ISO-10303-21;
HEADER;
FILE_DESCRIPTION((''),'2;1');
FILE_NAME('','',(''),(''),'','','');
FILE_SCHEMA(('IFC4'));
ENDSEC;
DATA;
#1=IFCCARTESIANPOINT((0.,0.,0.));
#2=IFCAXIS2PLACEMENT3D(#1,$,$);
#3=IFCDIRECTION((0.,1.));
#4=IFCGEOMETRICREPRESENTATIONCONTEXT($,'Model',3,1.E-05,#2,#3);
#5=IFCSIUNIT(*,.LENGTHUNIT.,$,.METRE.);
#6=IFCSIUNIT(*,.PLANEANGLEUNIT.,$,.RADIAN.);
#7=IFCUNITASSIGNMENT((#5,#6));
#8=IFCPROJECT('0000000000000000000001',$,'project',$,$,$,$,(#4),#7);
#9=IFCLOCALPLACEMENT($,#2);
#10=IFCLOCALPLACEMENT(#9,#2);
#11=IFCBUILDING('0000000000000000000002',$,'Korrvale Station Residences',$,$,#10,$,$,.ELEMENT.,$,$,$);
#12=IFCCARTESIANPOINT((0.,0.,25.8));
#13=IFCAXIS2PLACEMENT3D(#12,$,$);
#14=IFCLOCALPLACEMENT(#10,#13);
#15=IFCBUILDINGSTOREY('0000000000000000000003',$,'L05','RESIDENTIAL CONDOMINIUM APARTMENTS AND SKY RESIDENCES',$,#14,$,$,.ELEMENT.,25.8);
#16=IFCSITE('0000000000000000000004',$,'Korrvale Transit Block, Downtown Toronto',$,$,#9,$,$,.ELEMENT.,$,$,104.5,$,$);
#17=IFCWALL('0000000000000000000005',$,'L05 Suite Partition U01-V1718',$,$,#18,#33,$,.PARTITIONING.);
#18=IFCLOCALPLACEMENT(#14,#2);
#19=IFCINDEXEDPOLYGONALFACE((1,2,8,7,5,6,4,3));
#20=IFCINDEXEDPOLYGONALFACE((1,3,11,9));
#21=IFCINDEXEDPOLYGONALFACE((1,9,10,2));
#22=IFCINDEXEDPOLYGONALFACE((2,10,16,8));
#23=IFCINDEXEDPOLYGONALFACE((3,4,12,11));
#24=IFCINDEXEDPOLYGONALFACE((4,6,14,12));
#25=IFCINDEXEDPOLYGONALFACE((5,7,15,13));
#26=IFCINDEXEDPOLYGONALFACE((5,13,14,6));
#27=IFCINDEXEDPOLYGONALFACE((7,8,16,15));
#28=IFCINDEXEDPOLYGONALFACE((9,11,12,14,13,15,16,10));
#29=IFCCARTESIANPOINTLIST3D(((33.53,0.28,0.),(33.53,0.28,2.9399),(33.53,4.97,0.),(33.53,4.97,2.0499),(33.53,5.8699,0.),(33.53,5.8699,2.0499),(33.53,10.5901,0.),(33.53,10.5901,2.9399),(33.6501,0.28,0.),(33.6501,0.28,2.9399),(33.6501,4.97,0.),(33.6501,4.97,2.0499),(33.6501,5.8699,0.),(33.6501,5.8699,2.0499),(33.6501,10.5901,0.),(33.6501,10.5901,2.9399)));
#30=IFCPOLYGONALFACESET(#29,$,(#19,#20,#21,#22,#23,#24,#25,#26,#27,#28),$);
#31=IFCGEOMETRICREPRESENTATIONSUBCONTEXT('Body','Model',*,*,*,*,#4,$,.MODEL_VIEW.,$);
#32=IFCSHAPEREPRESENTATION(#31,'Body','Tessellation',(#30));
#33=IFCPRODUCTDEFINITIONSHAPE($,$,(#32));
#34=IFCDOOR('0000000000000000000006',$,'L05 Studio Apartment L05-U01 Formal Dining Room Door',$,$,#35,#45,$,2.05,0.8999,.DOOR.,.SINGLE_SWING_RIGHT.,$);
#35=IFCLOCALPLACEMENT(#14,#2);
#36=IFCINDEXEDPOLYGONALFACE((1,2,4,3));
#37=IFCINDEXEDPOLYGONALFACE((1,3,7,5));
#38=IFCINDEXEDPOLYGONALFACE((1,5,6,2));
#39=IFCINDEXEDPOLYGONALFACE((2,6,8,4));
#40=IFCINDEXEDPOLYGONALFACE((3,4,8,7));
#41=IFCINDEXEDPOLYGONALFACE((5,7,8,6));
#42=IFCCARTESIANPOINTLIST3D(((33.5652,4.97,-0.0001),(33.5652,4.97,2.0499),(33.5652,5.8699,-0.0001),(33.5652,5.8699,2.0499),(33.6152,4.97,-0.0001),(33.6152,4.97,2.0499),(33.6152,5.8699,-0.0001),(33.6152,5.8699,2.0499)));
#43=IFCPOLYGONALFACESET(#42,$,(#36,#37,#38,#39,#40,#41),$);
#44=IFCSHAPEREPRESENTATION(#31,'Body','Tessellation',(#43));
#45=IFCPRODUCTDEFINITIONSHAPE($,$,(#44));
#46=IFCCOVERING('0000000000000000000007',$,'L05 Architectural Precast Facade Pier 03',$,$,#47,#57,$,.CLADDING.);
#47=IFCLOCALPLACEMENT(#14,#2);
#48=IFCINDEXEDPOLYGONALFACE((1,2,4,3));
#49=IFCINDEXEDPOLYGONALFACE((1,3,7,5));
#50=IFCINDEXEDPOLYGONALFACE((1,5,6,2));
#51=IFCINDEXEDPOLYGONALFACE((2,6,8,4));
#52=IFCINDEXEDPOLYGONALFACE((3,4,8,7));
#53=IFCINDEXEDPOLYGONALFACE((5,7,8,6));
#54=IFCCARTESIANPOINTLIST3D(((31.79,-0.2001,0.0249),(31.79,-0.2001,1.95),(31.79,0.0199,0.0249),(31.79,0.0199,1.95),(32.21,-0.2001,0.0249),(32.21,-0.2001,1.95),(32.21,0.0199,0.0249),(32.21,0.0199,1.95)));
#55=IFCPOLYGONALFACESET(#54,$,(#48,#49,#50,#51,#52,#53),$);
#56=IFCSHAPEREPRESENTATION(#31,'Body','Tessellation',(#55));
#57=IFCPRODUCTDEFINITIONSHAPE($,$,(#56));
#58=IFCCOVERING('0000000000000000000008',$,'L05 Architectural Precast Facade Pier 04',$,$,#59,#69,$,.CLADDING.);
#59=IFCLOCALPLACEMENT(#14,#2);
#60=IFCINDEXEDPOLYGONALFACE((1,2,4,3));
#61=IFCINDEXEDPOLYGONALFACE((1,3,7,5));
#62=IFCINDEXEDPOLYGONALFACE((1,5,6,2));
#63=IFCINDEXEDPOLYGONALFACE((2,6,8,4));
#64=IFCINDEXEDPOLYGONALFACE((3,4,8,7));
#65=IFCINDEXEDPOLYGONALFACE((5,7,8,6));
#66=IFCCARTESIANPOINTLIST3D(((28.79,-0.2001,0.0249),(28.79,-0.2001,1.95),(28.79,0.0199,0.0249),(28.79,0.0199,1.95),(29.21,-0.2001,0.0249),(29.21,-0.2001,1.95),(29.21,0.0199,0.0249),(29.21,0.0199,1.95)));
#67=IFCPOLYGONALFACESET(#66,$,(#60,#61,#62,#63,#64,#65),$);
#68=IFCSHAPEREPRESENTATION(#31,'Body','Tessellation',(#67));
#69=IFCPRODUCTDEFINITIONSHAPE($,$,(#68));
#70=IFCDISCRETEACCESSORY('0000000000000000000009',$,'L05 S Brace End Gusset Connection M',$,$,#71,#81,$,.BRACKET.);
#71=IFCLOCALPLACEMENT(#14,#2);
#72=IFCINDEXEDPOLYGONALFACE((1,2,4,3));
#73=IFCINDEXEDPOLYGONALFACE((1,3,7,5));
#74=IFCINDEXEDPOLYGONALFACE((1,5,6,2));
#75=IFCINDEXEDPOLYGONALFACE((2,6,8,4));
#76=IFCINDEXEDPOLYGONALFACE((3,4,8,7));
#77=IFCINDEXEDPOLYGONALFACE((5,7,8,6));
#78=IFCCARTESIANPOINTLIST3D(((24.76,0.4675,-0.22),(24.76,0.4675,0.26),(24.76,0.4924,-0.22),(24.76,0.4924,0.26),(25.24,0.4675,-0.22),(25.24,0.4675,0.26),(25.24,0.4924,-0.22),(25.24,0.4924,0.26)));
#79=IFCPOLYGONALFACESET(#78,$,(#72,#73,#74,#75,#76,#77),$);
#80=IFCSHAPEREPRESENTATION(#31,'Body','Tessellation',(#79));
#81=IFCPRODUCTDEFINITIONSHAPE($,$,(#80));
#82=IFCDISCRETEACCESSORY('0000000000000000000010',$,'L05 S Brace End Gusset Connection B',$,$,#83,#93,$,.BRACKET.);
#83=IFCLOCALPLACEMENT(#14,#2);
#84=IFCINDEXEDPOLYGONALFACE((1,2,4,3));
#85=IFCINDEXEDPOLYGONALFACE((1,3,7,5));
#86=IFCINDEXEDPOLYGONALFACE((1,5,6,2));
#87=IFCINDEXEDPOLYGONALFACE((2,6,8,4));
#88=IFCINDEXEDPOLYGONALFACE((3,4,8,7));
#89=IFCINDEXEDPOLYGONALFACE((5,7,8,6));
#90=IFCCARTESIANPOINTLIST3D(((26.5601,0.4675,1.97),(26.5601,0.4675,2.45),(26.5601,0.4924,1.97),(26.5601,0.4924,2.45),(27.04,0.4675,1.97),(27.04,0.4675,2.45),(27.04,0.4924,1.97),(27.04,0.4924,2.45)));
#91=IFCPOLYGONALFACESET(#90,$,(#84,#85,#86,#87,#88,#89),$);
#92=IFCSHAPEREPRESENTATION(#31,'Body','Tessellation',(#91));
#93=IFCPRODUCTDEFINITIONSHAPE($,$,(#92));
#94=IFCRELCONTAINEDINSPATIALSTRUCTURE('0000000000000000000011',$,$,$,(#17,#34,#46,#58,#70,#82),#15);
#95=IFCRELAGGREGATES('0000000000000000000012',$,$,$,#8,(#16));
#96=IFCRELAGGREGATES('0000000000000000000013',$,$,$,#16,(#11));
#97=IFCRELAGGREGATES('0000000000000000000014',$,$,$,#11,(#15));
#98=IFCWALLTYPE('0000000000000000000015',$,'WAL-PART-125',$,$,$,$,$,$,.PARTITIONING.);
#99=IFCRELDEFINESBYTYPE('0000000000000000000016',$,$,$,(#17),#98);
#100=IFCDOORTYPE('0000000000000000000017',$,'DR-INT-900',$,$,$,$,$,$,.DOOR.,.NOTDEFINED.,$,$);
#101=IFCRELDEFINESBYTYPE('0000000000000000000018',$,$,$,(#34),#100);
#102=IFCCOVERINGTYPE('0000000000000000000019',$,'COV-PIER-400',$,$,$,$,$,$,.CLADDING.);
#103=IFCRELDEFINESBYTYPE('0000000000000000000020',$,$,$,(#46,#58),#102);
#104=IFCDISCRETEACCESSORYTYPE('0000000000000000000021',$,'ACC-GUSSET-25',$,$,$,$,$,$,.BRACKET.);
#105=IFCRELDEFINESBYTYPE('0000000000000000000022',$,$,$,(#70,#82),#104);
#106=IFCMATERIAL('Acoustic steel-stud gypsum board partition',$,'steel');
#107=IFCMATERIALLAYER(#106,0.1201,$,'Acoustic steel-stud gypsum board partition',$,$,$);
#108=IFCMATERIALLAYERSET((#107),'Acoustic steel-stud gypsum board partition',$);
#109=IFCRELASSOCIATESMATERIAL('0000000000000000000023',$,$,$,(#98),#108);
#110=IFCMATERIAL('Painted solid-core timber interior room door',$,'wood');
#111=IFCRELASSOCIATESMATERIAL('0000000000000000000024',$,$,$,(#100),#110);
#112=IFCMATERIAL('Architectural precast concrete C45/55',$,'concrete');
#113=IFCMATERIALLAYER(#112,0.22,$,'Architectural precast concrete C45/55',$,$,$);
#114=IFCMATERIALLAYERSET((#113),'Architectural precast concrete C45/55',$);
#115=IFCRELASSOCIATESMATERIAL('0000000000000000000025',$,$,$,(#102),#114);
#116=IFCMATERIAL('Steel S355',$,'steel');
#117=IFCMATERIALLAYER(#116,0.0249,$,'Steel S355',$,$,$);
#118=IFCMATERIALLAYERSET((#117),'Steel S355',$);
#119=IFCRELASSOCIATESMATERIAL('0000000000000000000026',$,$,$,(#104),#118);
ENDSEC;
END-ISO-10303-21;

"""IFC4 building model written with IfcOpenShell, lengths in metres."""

from ifc_helpers import new_model, si_unit, direction, frame, frame_2d, origin, origin_2d, place, context, subcontext, project, spatial, rectangle, extrude, material, layer, layer_set, type_object, element, fill, save


model = new_model("IFC4")

# Units and contexts
model_context = context("Model", 3, precision=1e-05, world=origin(), true_north=direction((0.0, 1.0)))
body_context = subcontext(model_context, "Body", "Model", "MODEL_VIEW")
ifc_project = project(units=[si_unit("LENGTHUNIT", "METRE"), si_unit("PLANEANGLEUNIT", "RADIAN")], contexts=[model_context])

# Site, building, storey
site_placement = place(None, origin())
site = spatial("IfcSite", under=ifc_project, at=site_placement, Name="Korrvale Transit Block, Downtown Toronto", CompositionType="ELEMENT", RefElevation=104.5)
building_placement = place(site_placement, origin())
building = spatial("IfcBuilding", under=site, at=building_placement, Name="Korrvale Station Residences", CompositionType="ELEMENT")
storey_placement = place(building_placement, frame((0.0, 0.0, 25.8)))
storey = spatial("IfcBuildingStorey", under=building, at=storey_placement, Name="L05", Description="RESIDENTIAL CONDOMINIUM APARTMENTS AND SKY RESIDENCES", CompositionType="ELEMENT", Elevation=25.8)

# Shared definitions
ifc_material_1 = material(Name="Steel S355", Category="steel")

# Shared definitions
ifc_material_2 = material(Name="Acoustic steel-stud gypsum board partition", Category="steel")
ifc_layer_1 = layer(ifc_material_2, 0.1201, Name="Acoustic steel-stud gypsum board partition")
ifc_layer_set_1 = layer_set([ifc_layer_1], Name="Acoustic steel-stud gypsum board partition")
wall_type = type_object("IfcWallType", Name="WAL-PART-125", PredefinedType="PARTITIONING", material=ifc_layer_set_1)
ifc_material_3 = material(Name="Painted solid-core timber interior room door", Category="wood")
door_type = type_object("IfcDoorType", Name="DR-INT-900", OperationType="NOTDEFINED", PredefinedType="DOOR", material=ifc_material_3)

# Wall, opening, door
wall_1_placement = place(storey_placement, frame((33.5901, 0.28, 0.0), z_axis=(0.0, 0.0, 1.0), x_axis=(0.0, 1.0, 0.0)))
wall_1 = element("IfcWall", 1, at=wall_1_placement, inside=storey, type_object=wall_type, Name="L05 Suite Partition U01-V1718", PredefinedType="PARTITIONING", context=body_context, shape_type="SweptSolid", body=[
    extrude(rectangle(XDim=10.3101, YDim=0.1201, at=frame_2d((5.155, 0.0))), origin(), (0.0, 0.0, 1.0), 2.9399),
])
opening_1_placement = place(wall_1_placement, frame((4.6899, 0.0, 0.0)))
opening_1 = element("IfcOpeningElement", 2, at=opening_1_placement, cuts=wall_1, PredefinedType="OPENING", context=body_context, shape_type="SweptSolid", body=[
    extrude(rectangle(XDim=0.8999, YDim=2.05, at=frame_2d((0.45, 1.0249))), frame((0.0, 0.0701, 0.0), z_axis=(0.0, -1.0, 0.0), x_axis=(1.0, 0.0, 0.0)), (0.0, 0.0, 1.0), 0.1401),
])
door_1_placement = place(opening_1_placement, origin())
door_1 = element("IfcDoor", 3, at=door_1_placement, inside=storey, type_object=door_type, Name="L05 Studio Apartment L05-U01 Formal Dining Room Door", OperationType="SINGLE_SWING_RIGHT", OverallHeight=2.05, OverallWidth=0.8999, PredefinedType="DOOR", context=body_context, shape_type="SweptSolid", body=[
    extrude(rectangle(XDim=0.8999, YDim=2.05, at=frame_2d((0.45, 1.0249))), frame((0.0, 0.0249, 0.0), z_axis=(0.0, -1.0, 0.0), x_axis=(1.0, 0.0, 0.0)), (0.0, 0.0, 1.0), 0.05),
])
fill(opening_1, door_1)

# Coverings
ifc_material_4 = material(Name="Architectural precast concrete C45/55", Category="concrete")
ifc_layer_2 = layer(ifc_material_4, 0.22, Name="Architectural precast concrete C45/55")
ifc_layer_set_2 = layer_set([ifc_layer_2], Name="Architectural precast concrete C45/55")
covering_type = type_object("IfcCoveringType", Name="COV-PIER-400", PredefinedType="CLADDING", material=ifc_layer_set_2)
for number, where, z_axis, x_axis, name in (
    (4, (32.0, -0.0901, 0.0249), (0.0, 0.0, 1.0), (1.0, 0.0, 0.0), "L05 Architectural Precast Facade Pier 03"),
    (5, (29.0, -0.0901, 0.0249), (0.0, 0.0, 1.0), (1.0, 0.0, 0.0), "L05 Architectural Precast Facade Pier 04"),
):
    element("IfcCovering", number, at=place(storey_placement, frame(where, z_axis=z_axis, x_axis=x_axis)), inside=storey, type_object=covering_type, Name=name, PredefinedType="CLADDING", context=body_context, shape_type="SweptSolid", body=[
        extrude(rectangle(XDim=0.4199, YDim=0.22, at=origin_2d()), origin(), (0.0, 0.0, 1.0), 1.925),
    ])

# Discrete accessories
ifc_layer_3 = layer(ifc_material_1, 0.0249, Name="Steel S355")
ifc_layer_set_3 = layer_set([ifc_layer_3], Name="Steel S355")
discrete_accessory_type = type_object("IfcDiscreteAccessoryType", Name="ACC-GUSSET-25", PredefinedType="BRACKET", material=ifc_layer_set_3)
for number, where, z_axis, x_axis, name in (
    (6, (25.0, 0.48, -0.22), (0.0, 0.0, 1.0), (1.0, 0.0, 0.0), "L05 S Brace End Gusset Connection M"),
    (7, (26.8, 0.48, 1.97), (0.0, 0.0, 1.0), (1.0, 0.0, 0.0), "L05 S Brace End Gusset Connection B"),
):
    element("IfcDiscreteAccessory", number, at=place(storey_placement, frame(where, z_axis=z_axis, x_axis=x_axis)), inside=storey, type_object=discrete_accessory_type, Name=name, PredefinedType="BRACKET", context=body_context, shape_type="SweptSolid", body=[
        extrude(rectangle(XDim=0.48, YDim=0.0249, at=origin_2d()), origin(), (0.0, 0.0, 1.0), 0.48),
    ])

save(model, "model.ifc")
